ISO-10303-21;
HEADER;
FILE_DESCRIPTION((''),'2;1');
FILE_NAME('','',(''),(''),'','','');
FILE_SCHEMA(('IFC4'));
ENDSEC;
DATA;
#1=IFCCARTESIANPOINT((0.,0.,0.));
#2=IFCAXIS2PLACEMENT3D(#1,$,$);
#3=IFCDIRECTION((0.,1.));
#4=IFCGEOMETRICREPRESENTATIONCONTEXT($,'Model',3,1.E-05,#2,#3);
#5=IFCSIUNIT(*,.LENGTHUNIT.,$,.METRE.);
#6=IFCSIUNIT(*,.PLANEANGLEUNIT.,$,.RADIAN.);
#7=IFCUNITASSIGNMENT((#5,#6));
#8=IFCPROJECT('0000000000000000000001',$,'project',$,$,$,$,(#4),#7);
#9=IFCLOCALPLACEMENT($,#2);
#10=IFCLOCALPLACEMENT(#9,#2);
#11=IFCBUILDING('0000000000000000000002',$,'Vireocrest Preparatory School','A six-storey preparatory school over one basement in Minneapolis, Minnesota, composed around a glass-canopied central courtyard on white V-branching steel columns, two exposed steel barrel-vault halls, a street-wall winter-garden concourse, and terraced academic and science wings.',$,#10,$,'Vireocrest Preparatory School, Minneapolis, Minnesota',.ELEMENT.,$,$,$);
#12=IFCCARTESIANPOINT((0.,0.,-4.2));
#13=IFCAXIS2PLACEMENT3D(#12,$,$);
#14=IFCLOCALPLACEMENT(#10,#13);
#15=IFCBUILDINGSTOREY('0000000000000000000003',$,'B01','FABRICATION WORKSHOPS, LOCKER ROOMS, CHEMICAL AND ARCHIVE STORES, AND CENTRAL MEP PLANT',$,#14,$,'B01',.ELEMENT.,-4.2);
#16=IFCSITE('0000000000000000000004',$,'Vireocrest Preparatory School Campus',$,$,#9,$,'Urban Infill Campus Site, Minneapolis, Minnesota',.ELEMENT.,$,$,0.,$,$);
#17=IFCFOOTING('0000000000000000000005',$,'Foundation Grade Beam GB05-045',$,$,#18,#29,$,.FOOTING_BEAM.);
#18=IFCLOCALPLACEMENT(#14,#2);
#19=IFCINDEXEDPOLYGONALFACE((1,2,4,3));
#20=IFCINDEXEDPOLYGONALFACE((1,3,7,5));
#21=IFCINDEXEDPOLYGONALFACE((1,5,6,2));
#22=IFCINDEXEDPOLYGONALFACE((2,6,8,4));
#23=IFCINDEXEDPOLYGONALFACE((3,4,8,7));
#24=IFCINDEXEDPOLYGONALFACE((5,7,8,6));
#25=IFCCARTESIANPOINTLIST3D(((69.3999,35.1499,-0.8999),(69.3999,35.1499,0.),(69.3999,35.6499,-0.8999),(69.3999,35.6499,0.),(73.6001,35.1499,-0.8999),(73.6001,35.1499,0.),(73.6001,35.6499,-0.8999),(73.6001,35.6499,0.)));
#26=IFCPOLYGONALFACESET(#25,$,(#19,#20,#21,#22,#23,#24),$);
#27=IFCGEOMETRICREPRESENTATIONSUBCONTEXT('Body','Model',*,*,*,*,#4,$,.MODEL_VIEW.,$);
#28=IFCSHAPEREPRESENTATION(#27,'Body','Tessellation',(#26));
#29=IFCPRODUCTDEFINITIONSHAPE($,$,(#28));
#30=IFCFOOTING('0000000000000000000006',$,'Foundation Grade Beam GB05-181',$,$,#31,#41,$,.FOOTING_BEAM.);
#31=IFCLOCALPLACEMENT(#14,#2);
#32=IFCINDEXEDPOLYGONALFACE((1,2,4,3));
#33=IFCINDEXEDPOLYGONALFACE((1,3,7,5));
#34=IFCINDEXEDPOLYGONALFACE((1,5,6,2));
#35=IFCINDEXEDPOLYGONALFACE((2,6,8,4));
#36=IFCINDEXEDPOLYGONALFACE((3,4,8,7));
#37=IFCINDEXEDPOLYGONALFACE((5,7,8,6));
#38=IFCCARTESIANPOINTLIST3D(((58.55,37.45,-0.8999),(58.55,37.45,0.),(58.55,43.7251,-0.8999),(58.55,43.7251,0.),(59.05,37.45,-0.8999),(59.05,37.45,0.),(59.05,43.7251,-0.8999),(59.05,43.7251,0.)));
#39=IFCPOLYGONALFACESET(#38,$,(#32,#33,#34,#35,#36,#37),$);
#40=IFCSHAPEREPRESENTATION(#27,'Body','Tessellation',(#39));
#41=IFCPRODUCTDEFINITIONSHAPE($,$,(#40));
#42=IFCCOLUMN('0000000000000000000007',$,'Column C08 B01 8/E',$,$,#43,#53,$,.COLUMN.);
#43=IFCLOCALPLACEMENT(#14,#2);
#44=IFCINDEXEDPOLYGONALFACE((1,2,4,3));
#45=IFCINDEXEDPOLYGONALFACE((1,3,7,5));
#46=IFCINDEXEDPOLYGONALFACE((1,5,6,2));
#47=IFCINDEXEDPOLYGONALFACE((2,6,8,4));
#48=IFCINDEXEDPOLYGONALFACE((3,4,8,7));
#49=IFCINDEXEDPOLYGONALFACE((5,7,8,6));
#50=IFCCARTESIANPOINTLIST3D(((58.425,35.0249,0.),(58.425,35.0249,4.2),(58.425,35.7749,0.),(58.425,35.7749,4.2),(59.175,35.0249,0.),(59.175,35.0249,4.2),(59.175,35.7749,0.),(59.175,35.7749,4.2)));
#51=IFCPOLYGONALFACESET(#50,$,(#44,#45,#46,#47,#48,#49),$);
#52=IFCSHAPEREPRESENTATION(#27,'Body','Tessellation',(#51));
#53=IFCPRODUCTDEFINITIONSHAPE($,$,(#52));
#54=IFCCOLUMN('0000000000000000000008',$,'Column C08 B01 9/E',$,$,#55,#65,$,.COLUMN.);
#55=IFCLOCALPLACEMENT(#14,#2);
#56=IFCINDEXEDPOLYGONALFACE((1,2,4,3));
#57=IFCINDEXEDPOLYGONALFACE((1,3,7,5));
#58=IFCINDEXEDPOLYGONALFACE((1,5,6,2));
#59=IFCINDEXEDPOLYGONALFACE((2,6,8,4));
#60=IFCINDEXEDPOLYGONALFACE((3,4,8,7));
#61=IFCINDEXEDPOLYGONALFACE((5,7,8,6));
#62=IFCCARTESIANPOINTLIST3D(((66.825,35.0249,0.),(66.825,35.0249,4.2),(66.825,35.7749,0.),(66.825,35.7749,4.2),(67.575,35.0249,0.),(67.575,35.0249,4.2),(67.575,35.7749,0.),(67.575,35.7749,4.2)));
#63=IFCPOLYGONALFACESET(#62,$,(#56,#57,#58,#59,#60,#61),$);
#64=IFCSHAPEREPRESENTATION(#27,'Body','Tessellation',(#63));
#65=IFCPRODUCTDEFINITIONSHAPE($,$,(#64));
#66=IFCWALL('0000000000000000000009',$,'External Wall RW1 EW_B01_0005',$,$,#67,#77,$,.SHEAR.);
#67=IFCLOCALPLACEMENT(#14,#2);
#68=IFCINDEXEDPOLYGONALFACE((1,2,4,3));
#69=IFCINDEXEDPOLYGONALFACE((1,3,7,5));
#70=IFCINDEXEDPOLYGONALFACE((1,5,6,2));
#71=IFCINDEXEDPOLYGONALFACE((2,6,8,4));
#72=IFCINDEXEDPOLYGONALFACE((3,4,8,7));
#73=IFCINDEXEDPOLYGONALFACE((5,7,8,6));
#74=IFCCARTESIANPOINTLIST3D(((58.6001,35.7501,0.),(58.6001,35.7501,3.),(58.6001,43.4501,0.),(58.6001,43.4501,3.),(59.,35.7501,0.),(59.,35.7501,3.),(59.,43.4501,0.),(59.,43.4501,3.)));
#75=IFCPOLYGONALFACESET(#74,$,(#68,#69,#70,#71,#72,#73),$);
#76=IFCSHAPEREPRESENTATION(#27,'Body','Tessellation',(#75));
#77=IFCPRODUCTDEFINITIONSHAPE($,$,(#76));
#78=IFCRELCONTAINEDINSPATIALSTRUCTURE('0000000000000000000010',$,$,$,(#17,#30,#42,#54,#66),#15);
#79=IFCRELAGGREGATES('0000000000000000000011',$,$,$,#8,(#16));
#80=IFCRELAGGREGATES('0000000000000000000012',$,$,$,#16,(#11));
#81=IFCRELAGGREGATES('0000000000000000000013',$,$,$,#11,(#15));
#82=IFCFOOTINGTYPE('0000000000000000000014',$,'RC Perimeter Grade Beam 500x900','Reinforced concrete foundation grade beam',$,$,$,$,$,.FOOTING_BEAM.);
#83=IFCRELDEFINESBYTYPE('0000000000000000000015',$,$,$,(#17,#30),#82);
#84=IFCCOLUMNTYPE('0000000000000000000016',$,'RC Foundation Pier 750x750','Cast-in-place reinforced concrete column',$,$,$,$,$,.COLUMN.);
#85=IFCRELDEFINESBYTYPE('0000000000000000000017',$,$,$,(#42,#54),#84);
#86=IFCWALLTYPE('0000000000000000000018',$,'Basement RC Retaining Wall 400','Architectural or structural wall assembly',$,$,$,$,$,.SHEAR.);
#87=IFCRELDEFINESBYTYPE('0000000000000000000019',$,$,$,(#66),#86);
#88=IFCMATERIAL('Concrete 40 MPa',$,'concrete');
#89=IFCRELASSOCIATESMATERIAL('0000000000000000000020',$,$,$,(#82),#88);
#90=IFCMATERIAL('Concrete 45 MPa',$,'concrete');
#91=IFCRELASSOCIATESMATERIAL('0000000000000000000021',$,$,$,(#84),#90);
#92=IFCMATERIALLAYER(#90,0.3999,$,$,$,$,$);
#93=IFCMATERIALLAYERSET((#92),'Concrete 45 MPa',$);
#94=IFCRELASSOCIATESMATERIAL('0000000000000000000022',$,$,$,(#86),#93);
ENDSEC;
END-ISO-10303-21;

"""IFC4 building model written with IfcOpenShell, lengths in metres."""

from ifc_helpers import new_model, si_unit, direction, frame, frame_2d, origin, origin_2d, place, context, subcontext, project, spatial, rectangle, extrude, material, layer, layer_set, material_profile, profile_set, type_object, element, save


model = new_model("IFC4")

# Units and contexts
model_context = context("Model", 3, precision=1e-05, world=origin(), true_north=direction((0.0, 1.0)))
body_context = subcontext(model_context, "Body", "Model", "MODEL_VIEW")
ifc_project = project(units=[si_unit("LENGTHUNIT", "METRE"), si_unit("PLANEANGLEUNIT", "RADIAN")], contexts=[model_context])

# Site, building, storey
site_placement = place(None, origin())
site = spatial("IfcSite", under=ifc_project, at=site_placement, Name="Vireocrest Preparatory School Campus", LongName="Urban Infill Campus Site, Minneapolis, Minnesota", CompositionType="ELEMENT", RefElevation=0.0)
building_placement = place(site_placement, origin())
building = spatial("IfcBuilding", under=site, at=building_placement, Name="Vireocrest Preparatory School", Description="A six-storey preparatory school over one basement in Minneapolis, Minnesota, composed around a glass-canopied central courtyard on white V-branching steel columns, two exposed steel barrel-vault halls, a street-wall winter-garden concourse, and terraced academic and science wings.", LongName="Vireocrest Preparatory School, Minneapolis, Minnesota", CompositionType="ELEMENT")
storey_placement = place(building_placement, frame((0.0, 0.0, -4.2)))
storey = spatial("IfcBuildingStorey", under=building, at=storey_placement, Name="B01", Description="FABRICATION WORKSHOPS, LOCKER ROOMS, CHEMICAL AND ARCHIVE STORES, AND CENTRAL MEP PLANT", LongName="B01", CompositionType="ELEMENT", Elevation=-4.2)

# Shared definitions
ifc_material_1 = material(Name="Concrete 40 MPa", Category="concrete")

# Footings
ifc_material_profile_1 = material_profile(ifc_material_1, rectangle(XDim=0.5, YDim=0.8999, at=origin_2d()), Name="GB 500x900")
ifc_profile_set_1 = profile_set([ifc_material_profile_1], Name="Concrete 40 MPa")
footing_type_1 = type_object("IfcFootingType", Name="RC Perimeter Grade Beam 500x900", Description="Reinforced concrete foundation grade beam", PredefinedType="FOOTING_BEAM", material=ifc_profile_set_1)
footing_1_placement = place(storey_placement, frame((69.3999, 35.3999, -0.45), z_axis=(1.0, 0.0, 0.0), x_axis=(0.0, 1.0, 0.0)))
element("IfcFooting", 1, at=footing_1_placement, inside=storey, type_object=footing_type_1, Name="Foundation Grade Beam GB05-045", PredefinedType="FOOTING_BEAM", context=body_context, shape_type="SweptSolid", body=[
    extrude(rectangle(XDim=0.5, YDim=0.8999, at=origin_2d()), origin(), (0.0, 0.0, 1.0), 4.2002),
])
footing_2_placement = place(storey_placement, frame((58.8, 37.45, -0.45), z_axis=(0.0, 1.0, 0.0), x_axis=(-1.0, 0.0, 0.0)))
element("IfcFooting", 2, at=footing_2_placement, inside=storey, type_object=footing_type_1, Name="Foundation Grade Beam GB05-181", PredefinedType="FOOTING_BEAM", context=body_context, shape_type="SweptSolid", body=[
    extrude(rectangle(XDim=0.5, YDim=0.8999, at=origin_2d()), origin(), (0.0, 0.0, 1.0), 6.2751),
])

# Columns
ifc_material_2 = material(Name="Concrete 45 MPa", Category="concrete")
ifc_material_profile_2 = material_profile(ifc_material_2, rectangle(XDim=0.75, YDim=0.75, at=origin_2d()), Name="RC 750x750")
ifc_profile_set_2 = profile_set([ifc_material_profile_2], Name="Concrete 45 MPa")
column_type = type_object("IfcColumnType", Name="RC Foundation Pier 750x750", Description="Cast-in-place reinforced concrete column", PredefinedType="COLUMN", material=ifc_profile_set_2)
for number, where, z_axis, x_axis, name in (
    (3, (58.8, 35.3999, 0.0), (0.0, 0.0, 1.0), (1.0, 0.0, 0.0), "Column C08 B01 8/E"),
    (4, (67.2, 35.3999, 0.0), (0.0, 0.0, 1.0), (1.0, 0.0, 0.0), "Column C08 B01 9/E"),
):
    element("IfcColumn", number, at=place(storey_placement, frame(where, z_axis=z_axis, x_axis=x_axis)), inside=storey, type_object=column_type, Name=name, PredefinedType="COLUMN", context=body_context, shape_type="SweptSolid", body=[
        extrude(rectangle(XDim=0.75, YDim=0.75, at=origin_2d()), origin(), (0.0, 0.0, 1.0), 4.2),
    ])

# Wall
ifc_layer = layer(ifc_material_2, 0.3999)
ifc_layer_set = layer_set([ifc_layer], Name="Concrete 45 MPa")
wall_type = type_object("IfcWallType", Name="Basement RC Retaining Wall 400", Description="Architectural or structural wall assembly", PredefinedType="SHEAR", material=ifc_layer_set)
wall_placement = place(storey_placement, frame((58.8, 35.75, 0.0), z_axis=(0.0, 0.0, 1.0), x_axis=(0.0, 1.0, 0.0)))
element("IfcWall", 5, at=wall_placement, inside=storey, type_object=wall_type, Name="External Wall RW1 EW_B01_0005", PredefinedType="SHEAR", context=body_context, shape_type="SweptSolid", body=[
    extrude(rectangle(XDim=7.7, YDim=0.3999, at=frame_2d((3.8501, 0.0))), origin(), (0.0, 0.0, 1.0), 3.0),
])

save(model, "model.ifc")
